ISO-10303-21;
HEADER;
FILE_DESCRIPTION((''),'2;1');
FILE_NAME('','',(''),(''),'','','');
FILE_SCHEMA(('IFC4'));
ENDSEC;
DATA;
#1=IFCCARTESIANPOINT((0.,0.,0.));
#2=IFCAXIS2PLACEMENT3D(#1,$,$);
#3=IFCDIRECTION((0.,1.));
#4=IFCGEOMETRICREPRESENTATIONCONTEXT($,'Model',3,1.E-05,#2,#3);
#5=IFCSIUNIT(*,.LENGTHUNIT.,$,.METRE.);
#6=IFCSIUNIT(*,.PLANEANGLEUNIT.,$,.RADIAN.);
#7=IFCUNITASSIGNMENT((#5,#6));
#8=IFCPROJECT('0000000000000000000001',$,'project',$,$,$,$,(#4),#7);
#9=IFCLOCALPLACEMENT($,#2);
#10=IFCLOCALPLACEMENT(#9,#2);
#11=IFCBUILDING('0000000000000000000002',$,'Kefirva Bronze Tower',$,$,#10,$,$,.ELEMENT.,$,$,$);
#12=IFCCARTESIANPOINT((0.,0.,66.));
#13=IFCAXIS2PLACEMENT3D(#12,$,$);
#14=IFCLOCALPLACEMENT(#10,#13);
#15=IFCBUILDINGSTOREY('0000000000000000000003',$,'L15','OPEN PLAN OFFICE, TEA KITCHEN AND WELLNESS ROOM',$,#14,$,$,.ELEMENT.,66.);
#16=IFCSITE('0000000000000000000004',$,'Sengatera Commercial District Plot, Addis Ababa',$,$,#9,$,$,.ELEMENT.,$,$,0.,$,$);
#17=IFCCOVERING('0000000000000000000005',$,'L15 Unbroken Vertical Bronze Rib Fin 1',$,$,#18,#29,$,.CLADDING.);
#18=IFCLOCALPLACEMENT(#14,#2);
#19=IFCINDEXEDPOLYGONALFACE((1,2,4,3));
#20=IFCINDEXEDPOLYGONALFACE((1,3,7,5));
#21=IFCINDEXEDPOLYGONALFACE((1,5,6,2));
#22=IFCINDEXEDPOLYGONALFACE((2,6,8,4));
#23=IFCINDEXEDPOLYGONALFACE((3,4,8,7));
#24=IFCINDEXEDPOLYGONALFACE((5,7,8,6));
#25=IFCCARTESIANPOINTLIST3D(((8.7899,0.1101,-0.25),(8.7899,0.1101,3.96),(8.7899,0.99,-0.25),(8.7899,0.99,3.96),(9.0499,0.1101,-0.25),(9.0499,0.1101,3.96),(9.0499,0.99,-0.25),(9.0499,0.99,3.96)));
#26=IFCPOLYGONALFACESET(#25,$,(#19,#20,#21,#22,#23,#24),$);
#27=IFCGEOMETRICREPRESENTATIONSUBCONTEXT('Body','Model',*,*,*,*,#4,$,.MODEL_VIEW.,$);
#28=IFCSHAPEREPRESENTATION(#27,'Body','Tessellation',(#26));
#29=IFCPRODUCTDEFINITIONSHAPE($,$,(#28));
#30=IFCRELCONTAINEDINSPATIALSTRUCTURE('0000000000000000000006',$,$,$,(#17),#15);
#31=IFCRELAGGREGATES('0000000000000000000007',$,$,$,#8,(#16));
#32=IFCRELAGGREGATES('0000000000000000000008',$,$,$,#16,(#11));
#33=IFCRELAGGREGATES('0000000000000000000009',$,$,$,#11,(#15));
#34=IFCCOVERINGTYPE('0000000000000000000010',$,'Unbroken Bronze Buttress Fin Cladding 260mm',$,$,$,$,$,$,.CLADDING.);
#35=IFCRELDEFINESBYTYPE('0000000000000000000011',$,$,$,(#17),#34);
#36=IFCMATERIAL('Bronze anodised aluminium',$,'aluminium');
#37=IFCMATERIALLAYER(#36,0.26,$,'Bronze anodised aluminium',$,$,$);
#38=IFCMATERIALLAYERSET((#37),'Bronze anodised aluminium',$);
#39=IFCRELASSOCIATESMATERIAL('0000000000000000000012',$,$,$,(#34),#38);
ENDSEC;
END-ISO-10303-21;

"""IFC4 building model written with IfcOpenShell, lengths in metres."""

from ifc_helpers import new_model, si_unit, direction, frame, origin, origin_2d, place, context, subcontext, project, spatial, rectangle, extrude, material, layer, layer_set, type_object, element, save


model = new_model("IFC4")

# Units and contexts
model_context = context("Model", 3, precision=1e-05, world=origin(), true_north=direction((0.0, 1.0)))
body_context = subcontext(model_context, "Body", "Model", "MODEL_VIEW")
ifc_project = project(units=[si_unit("LENGTHUNIT", "METRE"), si_unit("PLANEANGLEUNIT", "RADIAN")], contexts=[model_context])

# Site, building, storey
site_placement = place(None, origin())
site = spatial("IfcSite", under=ifc_project, at=site_placement, Name="Sengatera Commercial District Plot, Addis Ababa", CompositionType="ELEMENT", RefElevation=0.0)
building_placement = place(site_placement, origin())
building = spatial("IfcBuilding", under=site, at=building_placement, Name="Kefirva Bronze Tower", CompositionType="ELEMENT")
storey_placement = place(building_placement, frame((0.0, 0.0, 66.0)))
storey = spatial("IfcBuildingStorey", under=building, at=storey_placement, Name="L15", Description="OPEN PLAN OFFICE, TEA KITCHEN AND WELLNESS ROOM", CompositionType="ELEMENT", Elevation=66.0)

# Covering
ifc_material_1 = material(Name="Bronze anodised aluminium", Category="aluminium")
ifc_layer_1 = layer(ifc_material_1, 0.26, Name="Bronze anodised aluminium")
ifc_layer_set_1 = layer_set([ifc_layer_1], Name="Bronze anodised aluminium")
covering_type_1 = type_object("IfcCoveringType", Name="Unbroken Bronze Buttress Fin Cladding 260mm", PredefinedType="CLADDING", material=ifc_layer_set_1)
covering_1_placement = place(storey_placement, frame((8.9199, 0.55, -0.25), z_axis=(0.0, 0.0, 1.0), x_axis=(1.0, 0.0, 0.0)))
element("IfcCovering", 1, at=covering_1_placement, inside=storey, type_object=covering_type_1, Name="L15 Unbroken Vertical Bronze Rib Fin 1", PredefinedType="CLADDING", context=body_context, shape_type="SweptSolid", body=[
    extrude(rectangle(XDim=0.26, YDim=0.8799, at=origin_2d()), origin(), (0.0, 0.0, 1.0), 4.21),
])

save(model, "model.ifc")
